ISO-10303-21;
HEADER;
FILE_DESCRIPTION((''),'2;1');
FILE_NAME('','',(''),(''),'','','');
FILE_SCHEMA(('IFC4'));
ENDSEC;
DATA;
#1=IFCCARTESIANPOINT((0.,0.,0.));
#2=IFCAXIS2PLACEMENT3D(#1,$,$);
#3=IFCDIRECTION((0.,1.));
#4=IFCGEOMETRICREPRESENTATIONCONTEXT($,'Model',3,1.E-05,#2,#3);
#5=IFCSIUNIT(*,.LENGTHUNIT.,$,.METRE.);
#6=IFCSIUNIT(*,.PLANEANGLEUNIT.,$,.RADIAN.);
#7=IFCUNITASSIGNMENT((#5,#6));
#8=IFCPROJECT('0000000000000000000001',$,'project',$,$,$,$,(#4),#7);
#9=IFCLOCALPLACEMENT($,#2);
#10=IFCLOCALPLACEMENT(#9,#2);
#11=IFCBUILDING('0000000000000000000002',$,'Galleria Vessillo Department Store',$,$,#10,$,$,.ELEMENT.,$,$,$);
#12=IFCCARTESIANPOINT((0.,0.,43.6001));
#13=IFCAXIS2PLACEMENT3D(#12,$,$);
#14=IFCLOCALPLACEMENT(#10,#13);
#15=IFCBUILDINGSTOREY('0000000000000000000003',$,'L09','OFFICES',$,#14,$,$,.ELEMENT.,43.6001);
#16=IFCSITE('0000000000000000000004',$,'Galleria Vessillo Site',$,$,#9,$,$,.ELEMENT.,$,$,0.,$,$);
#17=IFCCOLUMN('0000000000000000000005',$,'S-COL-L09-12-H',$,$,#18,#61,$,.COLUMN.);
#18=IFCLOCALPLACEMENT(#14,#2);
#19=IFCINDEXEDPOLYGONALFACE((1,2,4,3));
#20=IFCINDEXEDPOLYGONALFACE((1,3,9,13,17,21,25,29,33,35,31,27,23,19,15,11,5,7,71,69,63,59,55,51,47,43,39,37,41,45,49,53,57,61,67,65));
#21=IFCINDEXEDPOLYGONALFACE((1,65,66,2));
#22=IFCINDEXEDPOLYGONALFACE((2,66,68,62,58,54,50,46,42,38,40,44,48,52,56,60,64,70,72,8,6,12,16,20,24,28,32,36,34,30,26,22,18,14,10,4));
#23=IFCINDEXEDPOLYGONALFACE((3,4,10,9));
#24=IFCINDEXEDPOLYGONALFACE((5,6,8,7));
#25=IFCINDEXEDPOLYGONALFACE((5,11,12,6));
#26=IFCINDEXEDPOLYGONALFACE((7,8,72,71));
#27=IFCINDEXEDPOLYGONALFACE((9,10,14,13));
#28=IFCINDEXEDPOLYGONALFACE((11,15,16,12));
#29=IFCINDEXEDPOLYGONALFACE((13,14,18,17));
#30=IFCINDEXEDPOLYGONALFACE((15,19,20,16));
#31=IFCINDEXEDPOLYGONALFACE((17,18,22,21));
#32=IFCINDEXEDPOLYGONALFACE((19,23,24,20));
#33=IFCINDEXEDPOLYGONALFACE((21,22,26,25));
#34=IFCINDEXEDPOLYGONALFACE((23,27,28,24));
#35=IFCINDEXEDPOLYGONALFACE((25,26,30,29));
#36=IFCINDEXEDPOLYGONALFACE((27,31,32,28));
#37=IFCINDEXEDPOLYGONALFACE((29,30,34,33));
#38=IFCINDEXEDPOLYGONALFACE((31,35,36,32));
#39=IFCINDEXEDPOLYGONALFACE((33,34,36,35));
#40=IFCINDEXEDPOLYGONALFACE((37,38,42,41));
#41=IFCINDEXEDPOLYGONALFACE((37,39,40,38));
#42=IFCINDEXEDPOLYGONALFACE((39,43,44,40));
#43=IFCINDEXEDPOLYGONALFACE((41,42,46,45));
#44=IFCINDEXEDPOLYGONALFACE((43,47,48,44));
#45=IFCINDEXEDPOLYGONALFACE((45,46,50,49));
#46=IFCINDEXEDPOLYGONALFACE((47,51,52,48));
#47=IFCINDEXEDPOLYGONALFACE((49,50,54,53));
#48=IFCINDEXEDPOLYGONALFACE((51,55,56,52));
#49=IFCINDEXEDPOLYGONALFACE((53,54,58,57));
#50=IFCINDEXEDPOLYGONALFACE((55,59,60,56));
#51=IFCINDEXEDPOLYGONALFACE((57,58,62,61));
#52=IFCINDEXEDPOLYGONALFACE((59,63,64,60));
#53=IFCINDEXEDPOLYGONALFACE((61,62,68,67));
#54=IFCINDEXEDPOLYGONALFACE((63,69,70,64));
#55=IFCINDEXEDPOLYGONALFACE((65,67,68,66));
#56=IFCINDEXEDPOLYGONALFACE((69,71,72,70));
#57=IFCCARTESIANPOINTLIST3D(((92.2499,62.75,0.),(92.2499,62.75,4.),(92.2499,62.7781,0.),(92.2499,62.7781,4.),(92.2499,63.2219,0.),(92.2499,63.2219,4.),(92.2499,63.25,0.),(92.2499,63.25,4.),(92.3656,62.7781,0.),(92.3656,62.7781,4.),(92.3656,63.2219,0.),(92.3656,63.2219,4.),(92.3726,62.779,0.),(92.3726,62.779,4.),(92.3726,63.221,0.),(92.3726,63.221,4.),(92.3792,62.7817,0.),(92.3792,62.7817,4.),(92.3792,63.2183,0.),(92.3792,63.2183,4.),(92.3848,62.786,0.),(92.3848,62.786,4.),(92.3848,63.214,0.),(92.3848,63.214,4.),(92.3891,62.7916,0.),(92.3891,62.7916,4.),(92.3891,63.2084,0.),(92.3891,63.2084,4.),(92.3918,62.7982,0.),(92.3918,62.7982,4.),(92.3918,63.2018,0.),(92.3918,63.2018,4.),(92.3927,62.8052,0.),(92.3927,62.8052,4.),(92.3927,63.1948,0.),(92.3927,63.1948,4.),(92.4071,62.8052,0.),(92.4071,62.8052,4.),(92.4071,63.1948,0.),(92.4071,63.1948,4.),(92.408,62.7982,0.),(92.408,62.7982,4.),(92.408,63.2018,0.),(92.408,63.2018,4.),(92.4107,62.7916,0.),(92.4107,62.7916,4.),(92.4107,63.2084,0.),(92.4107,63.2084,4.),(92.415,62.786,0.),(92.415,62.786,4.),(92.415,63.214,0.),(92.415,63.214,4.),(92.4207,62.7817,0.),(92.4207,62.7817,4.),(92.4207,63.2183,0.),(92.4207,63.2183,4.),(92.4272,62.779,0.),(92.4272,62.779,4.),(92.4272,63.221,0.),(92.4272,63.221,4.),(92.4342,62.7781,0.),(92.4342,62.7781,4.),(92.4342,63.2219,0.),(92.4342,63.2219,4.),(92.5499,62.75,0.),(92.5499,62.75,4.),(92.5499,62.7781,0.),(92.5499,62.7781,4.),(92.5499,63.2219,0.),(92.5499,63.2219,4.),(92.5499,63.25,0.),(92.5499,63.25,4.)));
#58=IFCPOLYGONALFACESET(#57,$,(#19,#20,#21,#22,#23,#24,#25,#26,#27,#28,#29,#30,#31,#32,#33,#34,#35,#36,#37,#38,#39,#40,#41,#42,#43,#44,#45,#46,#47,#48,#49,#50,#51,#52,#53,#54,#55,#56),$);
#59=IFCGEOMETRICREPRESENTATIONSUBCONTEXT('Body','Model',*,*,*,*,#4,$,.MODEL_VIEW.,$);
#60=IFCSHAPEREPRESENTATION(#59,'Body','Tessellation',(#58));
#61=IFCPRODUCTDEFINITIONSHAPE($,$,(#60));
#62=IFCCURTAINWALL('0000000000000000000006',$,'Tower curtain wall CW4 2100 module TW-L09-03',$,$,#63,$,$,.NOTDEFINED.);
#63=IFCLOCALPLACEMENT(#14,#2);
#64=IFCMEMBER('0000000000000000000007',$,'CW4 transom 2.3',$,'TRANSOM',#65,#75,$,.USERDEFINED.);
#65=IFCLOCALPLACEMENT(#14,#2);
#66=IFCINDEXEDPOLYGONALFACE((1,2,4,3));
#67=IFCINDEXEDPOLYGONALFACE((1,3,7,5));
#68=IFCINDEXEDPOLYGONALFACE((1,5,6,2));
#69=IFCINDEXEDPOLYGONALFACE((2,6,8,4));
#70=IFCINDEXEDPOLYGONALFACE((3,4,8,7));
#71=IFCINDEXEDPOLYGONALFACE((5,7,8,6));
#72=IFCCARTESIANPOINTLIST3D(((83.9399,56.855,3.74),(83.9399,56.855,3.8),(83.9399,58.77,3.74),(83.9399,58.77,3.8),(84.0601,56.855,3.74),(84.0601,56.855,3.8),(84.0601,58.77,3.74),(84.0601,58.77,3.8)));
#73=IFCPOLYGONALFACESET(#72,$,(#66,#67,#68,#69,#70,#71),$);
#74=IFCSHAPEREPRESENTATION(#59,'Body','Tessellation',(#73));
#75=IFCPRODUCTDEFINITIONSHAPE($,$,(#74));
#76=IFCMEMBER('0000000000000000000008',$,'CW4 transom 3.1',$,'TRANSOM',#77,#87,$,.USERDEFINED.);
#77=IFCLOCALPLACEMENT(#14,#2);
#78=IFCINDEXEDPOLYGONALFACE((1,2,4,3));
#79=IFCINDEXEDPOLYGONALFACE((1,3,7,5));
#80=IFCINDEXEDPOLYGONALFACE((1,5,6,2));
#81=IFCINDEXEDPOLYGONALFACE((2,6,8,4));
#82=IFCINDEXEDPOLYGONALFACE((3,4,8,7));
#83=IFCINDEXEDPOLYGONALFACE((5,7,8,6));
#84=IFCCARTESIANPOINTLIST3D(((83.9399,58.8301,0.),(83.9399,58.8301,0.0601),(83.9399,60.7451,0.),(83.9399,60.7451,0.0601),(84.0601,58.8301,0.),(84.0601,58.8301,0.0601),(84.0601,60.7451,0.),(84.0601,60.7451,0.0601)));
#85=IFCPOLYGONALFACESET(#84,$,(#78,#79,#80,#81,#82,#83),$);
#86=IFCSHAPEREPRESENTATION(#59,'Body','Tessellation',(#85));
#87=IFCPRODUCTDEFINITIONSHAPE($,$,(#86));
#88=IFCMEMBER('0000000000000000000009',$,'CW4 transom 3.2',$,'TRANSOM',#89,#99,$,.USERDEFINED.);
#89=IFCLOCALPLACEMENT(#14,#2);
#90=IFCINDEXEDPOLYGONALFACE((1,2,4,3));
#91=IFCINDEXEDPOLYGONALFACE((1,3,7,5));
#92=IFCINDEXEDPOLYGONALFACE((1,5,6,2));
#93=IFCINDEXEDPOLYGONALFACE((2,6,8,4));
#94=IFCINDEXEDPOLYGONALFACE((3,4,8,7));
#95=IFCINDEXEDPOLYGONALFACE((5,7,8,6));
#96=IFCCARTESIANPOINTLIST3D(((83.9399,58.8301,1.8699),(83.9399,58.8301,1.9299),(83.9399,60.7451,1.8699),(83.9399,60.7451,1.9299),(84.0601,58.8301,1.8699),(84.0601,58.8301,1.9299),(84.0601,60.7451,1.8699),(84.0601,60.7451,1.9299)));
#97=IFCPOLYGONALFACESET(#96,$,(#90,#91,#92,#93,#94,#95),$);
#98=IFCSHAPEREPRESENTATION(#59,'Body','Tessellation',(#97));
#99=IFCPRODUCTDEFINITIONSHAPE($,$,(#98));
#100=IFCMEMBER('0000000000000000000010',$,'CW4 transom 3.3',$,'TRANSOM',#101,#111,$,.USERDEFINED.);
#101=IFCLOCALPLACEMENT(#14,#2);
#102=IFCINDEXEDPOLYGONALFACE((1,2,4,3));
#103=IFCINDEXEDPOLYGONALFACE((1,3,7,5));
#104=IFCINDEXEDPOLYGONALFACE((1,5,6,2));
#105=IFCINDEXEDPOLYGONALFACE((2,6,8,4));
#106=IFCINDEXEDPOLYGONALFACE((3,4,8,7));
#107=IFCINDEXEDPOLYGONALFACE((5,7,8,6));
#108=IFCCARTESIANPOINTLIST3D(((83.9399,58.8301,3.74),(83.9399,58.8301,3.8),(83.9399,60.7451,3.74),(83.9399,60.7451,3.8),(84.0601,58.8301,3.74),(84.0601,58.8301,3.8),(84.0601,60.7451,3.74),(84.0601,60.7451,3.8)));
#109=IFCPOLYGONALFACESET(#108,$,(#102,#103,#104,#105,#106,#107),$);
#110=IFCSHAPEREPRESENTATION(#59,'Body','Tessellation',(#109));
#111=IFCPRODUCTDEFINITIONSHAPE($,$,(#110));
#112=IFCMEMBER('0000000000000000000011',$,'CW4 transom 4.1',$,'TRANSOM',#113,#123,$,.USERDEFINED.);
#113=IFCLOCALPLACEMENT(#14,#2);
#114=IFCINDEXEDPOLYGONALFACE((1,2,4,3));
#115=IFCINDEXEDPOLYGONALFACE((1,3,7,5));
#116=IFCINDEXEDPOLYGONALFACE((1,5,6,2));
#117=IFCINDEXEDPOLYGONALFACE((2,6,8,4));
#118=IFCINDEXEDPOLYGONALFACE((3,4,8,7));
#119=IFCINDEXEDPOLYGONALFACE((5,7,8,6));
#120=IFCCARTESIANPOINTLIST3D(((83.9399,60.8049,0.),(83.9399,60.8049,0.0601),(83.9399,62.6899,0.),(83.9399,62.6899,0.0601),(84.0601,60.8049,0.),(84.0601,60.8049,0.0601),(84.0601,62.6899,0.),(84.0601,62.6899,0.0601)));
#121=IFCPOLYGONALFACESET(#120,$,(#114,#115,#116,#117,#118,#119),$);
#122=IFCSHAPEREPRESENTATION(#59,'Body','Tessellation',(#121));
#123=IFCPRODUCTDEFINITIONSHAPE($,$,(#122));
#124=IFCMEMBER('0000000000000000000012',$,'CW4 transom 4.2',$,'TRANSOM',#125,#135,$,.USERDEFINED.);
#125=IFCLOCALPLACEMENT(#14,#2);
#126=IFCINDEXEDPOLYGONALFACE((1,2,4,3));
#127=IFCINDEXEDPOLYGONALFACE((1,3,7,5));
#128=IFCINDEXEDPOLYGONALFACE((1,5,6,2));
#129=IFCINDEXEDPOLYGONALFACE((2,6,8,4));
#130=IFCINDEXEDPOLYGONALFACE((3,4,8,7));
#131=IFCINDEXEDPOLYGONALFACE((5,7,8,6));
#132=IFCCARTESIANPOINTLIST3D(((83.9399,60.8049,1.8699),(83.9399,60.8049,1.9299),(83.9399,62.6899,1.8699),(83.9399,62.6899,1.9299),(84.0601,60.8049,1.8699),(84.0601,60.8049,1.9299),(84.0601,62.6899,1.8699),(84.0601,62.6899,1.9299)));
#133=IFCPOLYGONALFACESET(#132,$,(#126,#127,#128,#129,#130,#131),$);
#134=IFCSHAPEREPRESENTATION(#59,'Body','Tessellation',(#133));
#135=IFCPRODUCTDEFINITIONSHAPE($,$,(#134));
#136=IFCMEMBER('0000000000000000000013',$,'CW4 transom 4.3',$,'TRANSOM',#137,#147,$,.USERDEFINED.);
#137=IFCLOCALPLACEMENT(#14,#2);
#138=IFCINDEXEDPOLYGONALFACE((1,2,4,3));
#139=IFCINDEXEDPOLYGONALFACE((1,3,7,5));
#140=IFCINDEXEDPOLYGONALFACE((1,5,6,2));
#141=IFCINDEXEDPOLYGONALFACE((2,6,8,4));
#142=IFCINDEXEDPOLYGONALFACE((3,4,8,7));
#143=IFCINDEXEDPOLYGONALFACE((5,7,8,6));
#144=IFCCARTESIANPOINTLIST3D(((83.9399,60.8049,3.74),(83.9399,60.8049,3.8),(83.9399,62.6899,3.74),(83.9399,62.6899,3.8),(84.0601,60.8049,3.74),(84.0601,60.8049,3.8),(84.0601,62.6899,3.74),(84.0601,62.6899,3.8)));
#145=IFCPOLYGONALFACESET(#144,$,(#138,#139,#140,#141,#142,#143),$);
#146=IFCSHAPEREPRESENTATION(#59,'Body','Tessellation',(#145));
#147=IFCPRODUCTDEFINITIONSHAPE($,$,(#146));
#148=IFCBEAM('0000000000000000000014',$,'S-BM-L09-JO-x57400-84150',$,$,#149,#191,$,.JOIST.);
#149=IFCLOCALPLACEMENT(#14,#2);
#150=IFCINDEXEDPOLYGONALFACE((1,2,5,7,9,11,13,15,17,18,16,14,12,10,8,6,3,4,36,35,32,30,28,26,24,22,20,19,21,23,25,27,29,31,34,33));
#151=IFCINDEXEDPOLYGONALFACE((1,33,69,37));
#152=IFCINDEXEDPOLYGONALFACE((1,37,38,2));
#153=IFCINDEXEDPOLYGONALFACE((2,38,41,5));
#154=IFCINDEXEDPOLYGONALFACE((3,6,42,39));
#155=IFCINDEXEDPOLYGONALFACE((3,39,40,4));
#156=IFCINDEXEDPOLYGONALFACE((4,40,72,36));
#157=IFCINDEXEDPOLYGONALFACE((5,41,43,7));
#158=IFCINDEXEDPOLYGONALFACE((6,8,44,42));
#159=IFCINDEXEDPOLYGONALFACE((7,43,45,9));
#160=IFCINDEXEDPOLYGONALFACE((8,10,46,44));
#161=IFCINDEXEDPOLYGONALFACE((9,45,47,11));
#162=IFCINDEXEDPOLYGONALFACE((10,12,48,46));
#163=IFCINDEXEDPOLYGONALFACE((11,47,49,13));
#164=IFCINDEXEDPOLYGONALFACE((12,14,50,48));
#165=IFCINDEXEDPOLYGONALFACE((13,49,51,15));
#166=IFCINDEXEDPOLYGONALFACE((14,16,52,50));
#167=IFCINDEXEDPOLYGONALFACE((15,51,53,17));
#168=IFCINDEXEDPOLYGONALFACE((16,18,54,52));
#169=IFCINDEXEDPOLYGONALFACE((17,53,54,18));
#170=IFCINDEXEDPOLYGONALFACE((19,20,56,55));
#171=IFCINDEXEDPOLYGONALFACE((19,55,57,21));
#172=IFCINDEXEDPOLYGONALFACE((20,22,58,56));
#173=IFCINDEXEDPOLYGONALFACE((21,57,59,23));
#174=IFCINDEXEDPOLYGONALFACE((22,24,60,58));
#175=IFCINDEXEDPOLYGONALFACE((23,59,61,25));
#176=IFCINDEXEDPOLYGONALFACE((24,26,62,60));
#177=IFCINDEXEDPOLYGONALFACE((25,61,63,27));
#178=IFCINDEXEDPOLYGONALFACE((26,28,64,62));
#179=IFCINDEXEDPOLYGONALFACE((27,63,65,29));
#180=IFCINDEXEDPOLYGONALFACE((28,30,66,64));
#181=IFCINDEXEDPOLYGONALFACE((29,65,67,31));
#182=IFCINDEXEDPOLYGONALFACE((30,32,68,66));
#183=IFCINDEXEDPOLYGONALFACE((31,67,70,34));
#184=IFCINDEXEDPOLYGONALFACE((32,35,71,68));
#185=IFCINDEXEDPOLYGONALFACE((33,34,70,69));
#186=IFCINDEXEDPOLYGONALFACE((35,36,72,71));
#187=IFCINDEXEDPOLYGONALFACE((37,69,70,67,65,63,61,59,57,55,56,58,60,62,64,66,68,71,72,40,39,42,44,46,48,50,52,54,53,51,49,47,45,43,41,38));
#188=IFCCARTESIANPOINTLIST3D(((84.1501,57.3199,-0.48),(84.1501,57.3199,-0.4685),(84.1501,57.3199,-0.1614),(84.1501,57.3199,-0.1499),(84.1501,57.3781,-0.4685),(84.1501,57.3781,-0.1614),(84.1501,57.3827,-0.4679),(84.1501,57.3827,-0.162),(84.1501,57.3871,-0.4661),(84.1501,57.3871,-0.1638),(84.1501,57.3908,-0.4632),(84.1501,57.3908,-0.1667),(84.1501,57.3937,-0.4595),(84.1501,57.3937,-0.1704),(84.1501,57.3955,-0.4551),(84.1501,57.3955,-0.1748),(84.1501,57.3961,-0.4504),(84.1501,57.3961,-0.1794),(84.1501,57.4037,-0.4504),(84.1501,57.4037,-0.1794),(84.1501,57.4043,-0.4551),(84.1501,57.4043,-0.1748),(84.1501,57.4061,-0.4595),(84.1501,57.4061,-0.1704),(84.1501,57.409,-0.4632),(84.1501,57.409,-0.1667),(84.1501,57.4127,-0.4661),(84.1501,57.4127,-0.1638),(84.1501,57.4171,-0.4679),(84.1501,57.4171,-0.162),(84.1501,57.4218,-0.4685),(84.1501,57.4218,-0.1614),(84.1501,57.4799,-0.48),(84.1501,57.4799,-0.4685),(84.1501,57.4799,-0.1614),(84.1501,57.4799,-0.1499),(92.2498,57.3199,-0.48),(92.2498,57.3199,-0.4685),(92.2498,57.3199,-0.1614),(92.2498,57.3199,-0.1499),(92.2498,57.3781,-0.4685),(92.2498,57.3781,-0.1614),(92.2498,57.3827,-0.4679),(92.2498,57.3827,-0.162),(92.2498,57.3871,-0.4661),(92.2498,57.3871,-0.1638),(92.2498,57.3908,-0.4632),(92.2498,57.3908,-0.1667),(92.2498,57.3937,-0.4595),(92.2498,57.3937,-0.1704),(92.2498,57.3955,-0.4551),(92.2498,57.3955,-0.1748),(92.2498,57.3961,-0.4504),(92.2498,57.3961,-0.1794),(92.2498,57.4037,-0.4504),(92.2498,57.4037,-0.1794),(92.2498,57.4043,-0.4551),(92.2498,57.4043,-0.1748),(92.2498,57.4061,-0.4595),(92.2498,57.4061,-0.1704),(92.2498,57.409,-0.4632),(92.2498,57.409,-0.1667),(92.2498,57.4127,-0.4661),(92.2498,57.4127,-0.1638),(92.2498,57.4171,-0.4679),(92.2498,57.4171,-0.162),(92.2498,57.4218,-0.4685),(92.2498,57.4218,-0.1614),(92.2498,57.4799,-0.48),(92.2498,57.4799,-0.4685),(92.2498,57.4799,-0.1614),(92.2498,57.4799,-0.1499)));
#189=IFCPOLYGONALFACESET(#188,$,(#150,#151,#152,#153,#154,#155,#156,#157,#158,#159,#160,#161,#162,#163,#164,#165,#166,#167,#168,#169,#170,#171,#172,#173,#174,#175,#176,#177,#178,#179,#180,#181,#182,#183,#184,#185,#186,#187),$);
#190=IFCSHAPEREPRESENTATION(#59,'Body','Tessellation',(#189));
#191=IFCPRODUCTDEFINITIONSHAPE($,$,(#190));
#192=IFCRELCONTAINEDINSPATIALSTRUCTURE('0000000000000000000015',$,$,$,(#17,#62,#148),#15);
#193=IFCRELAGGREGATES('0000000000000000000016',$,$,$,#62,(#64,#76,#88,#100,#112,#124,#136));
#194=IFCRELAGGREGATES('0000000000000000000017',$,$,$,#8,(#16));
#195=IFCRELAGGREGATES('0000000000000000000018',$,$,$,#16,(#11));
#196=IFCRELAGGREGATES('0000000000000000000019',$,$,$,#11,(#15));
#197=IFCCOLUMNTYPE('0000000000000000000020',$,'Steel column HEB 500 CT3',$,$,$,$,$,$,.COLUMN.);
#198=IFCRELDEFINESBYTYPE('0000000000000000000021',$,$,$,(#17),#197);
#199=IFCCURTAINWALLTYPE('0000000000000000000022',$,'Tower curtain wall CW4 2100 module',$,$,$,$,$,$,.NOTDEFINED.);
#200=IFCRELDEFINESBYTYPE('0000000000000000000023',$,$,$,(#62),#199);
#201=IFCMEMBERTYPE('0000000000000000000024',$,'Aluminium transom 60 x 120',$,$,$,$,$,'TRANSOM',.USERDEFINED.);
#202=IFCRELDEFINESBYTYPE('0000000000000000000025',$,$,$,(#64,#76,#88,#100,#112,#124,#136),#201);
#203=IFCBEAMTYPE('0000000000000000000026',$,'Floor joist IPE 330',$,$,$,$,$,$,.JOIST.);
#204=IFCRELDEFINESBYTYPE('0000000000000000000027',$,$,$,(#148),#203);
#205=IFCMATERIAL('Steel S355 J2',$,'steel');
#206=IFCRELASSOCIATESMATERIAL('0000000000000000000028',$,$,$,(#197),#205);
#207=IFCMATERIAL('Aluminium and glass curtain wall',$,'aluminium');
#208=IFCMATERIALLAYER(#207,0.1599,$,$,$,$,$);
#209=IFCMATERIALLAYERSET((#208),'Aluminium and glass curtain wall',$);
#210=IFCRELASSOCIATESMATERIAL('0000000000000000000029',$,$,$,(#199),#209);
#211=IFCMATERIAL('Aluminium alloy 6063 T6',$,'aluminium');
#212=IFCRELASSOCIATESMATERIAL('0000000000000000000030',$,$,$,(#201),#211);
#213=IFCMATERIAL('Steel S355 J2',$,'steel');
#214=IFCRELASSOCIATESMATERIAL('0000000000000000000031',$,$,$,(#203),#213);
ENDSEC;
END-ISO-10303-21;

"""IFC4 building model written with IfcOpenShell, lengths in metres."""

from ifc_helpers import new_model, si_unit, direction, frame, origin, origin_2d, place, context, subcontext, project, spatial, rectangle, i_section, extrude, material, layer, layer_set, material_profile, profile_set, type_object, element, aggregate, save


model = new_model("IFC4")

# Units and contexts
model_context = context("Model", 3, precision=1e-05, world=origin(), true_north=direction((0.0, 1.0)))
body_context = subcontext(model_context, "Body", "Model", "MODEL_VIEW")
ifc_project = project(units=[si_unit("LENGTHUNIT", "METRE"), si_unit("PLANEANGLEUNIT", "RADIAN")], contexts=[model_context])

# Site, building, storey
site_placement = place(None, origin())
site = spatial("IfcSite", under=ifc_project, at=site_placement, Name="Galleria Vessillo Site", CompositionType="ELEMENT", RefElevation=0.0)
building_placement = place(site_placement, origin())
building = spatial("IfcBuilding", under=site, at=building_placement, Name="Galleria Vessillo Department Store", CompositionType="ELEMENT")
storey_placement = place(building_placement, frame((0.0, 0.0, 43.6001)))
storey = spatial("IfcBuildingStorey", under=building, at=storey_placement, Name="L09", Description="OFFICES", CompositionType="ELEMENT", Elevation=43.6001)

# Column
ifc_material_1 = material(Name="Steel S355 J2", Category="steel")
ifc_material_profile_1 = material_profile(ifc_material_1, i_section(OverallWidth=0.3, OverallDepth=0.5, WebThickness=0.0144, FlangeThickness=0.0281, FilletRadius=0.0271, at=origin_2d()), Name="HEB 500")
ifc_profile_set_1 = profile_set([ifc_material_profile_1], Name="Steel S355 J2")
column_type = type_object("IfcColumnType", Name="Steel column HEB 500 CT3", PredefinedType="COLUMN", material=ifc_profile_set_1)
column_placement = place(storey_placement, frame((92.3999, 63.0, 0.0), z_axis=(0.0, 0.0, 1.0), x_axis=(1.0, 0.0, 0.0)))
element("IfcColumn", 1, at=column_placement, inside=storey, type_object=column_type, Name="S-COL-L09-12-H", PredefinedType="COLUMN", context=body_context, shape_type="SweptSolid", body=[
    extrude(i_section(OverallWidth=0.3, OverallDepth=0.5, WebThickness=0.0144, FlangeThickness=0.0281, FilletRadius=0.0271, at=origin_2d()), origin(), (0.0, 0.0, 1.0), 4.0),
])

# Curtain wall, members
ifc_material_2 = material(Name="Aluminium and glass curtain wall", Category="aluminium")
ifc_layer_1 = layer(ifc_material_2, 0.1599)
ifc_layer_set_1 = layer_set([ifc_layer_1], Name="Aluminium and glass curtain wall")
curtain_wall_type = type_object("IfcCurtainWallType", Name="Tower curtain wall CW4 2100 module", PredefinedType="NOTDEFINED", material=ifc_layer_set_1)
curtain_wall_placement = place(storey_placement, origin())
curtain_wall = element("IfcCurtainWall", 2, at=curtain_wall_placement, inside=storey, type_object=curtain_wall_type, Name="Tower curtain wall CW4 2100 module TW-L09-03", PredefinedType="NOTDEFINED")
ifc_material_3 = material(Name="Aluminium alloy 6063 T6", Category="aluminium")
ifc_material_profile_2 = material_profile(ifc_material_3, rectangle(XDim=0.1201, YDim=0.0601, at=origin_2d()), Name="AL 60x120")
ifc_profile_set_2 = profile_set([ifc_material_profile_2], Name="Aluminium alloy 6063 T6")
member_type = type_object("IfcMemberType", Name="Aluminium transom 60 x 120", ElementType="TRANSOM", PredefinedType="USERDEFINED", material=ifc_profile_set_2)
member_1_placement = place(storey_placement, frame((84.0, 56.855, 3.77), z_axis=(0.0, 1.0, 0.0), x_axis=(-1.0, 0.0, 0.0)))
member_1 = element("IfcMember", 3, at=member_1_placement, type_object=member_type, Name="CW4 transom 2.3", ObjectType="TRANSOM", PredefinedType="USERDEFINED", context=body_context, shape_type="SweptSolid", body=[
    extrude(rectangle(XDim=0.1201, YDim=0.0601, at=origin_2d()), origin(), (0.0, 0.0, 1.0), 1.915),
])
member_2_placement = place(storey_placement, frame((84.0, 58.8301, 0.03), z_axis=(0.0, 1.0, 0.0), x_axis=(-1.0, 0.0, 0.0)))
member_2 = element("IfcMember", 4, at=member_2_placement, type_object=member_type, Name="CW4 transom 3.1", ObjectType="TRANSOM", PredefinedType="USERDEFINED", context=body_context, shape_type="SweptSolid", body=[
    extrude(rectangle(XDim=0.1201, YDim=0.0601, at=origin_2d()), origin(), (0.0, 0.0, 1.0), 1.915),
])
member_3_placement = place(storey_placement, frame((84.0, 58.8301, 1.8999), z_axis=(0.0, 1.0, 0.0), x_axis=(-1.0, 0.0, 0.0)))
member_3 = element("IfcMember", 5, at=member_3_placement, type_object=member_type, Name="CW4 transom 3.2", ObjectType="TRANSOM", PredefinedType="USERDEFINED", context=body_context, shape_type="SweptSolid", body=[
    extrude(rectangle(XDim=0.1201, YDim=0.0601, at=origin_2d()), origin(), (0.0, 0.0, 1.0), 1.915),
])
member_4_placement = place(storey_placement, frame((84.0, 58.8301, 3.77), z_axis=(0.0, 1.0, 0.0), x_axis=(-1.0, 0.0, 0.0)))
member_4 = element("IfcMember", 6, at=member_4_placement, type_object=member_type, Name="CW4 transom 3.3", ObjectType="TRANSOM", PredefinedType="USERDEFINED", context=body_context, shape_type="SweptSolid", body=[
    extrude(rectangle(XDim=0.1201, YDim=0.0601, at=origin_2d()), origin(), (0.0, 0.0, 1.0), 1.915),
])
member_5_placement = place(storey_placement, frame((84.0, 60.8049, 0.03), z_axis=(0.0, 1.0, 0.0), x_axis=(-1.0, 0.0, 0.0)))
member_5 = element("IfcMember", 7, at=member_5_placement, type_object=member_type, Name="CW4 transom 4.1", ObjectType="TRANSOM", PredefinedType="USERDEFINED", context=body_context, shape_type="SweptSolid", body=[
    extrude(rectangle(XDim=0.1201, YDim=0.0601, at=origin_2d()), origin(), (0.0, 0.0, 1.0), 1.885),
])
member_6_placement = place(storey_placement, frame((84.0, 60.8049, 1.8999), z_axis=(0.0, 1.0, 0.0), x_axis=(-1.0, 0.0, 0.0)))
member_6 = element("IfcMember", 8, at=member_6_placement, type_object=member_type, Name="CW4 transom 4.2", ObjectType="TRANSOM", PredefinedType="USERDEFINED", context=body_context, shape_type="SweptSolid", body=[
    extrude(rectangle(XDim=0.1201, YDim=0.0601, at=origin_2d()), origin(), (0.0, 0.0, 1.0), 1.885),
])
member_7_placement = place(storey_placement, frame((84.0, 60.8049, 3.77), z_axis=(0.0, 1.0, 0.0), x_axis=(-1.0, 0.0, 0.0)))
member_7 = element("IfcMember", 9, at=member_7_placement, type_object=member_type, Name="CW4 transom 4.3", ObjectType="TRANSOM", PredefinedType="USERDEFINED", context=body_context, shape_type="SweptSolid", body=[
    extrude(rectangle(XDim=0.1201, YDim=0.0601, at=origin_2d()), origin(), (0.0, 0.0, 1.0), 1.885),
])

# Beam
ifc_material_4 = material(Name="Steel S355 J2", Category="steel")
ifc_material_profile_3 = material_profile(ifc_material_4, i_section(OverallWidth=0.1599, OverallDepth=0.3301, WebThickness=0.0076, FlangeThickness=0.0115, FilletRadius=0.0181, at=origin_2d()), Name="IPE 330")
ifc_profile_set_3 = profile_set([ifc_material_profile_3], Name="Steel S355 J2")
beam_type = type_object("IfcBeamType", Name="Floor joist IPE 330", PredefinedType="JOIST", material=ifc_profile_set_3)
for number, where, z_axis, x_axis, name in (
    (10, (84.1501, 57.3999, -0.3149), (1.0, 0.0, 0.0), (0.0, 1.0, 0.0), "S-BM-L09-JO-x57400-84150"),
):
    element("IfcBeam", number, at=place(storey_placement, frame(where, z_axis=z_axis, x_axis=x_axis)), inside=storey, type_object=beam_type, Name=name, PredefinedType="JOIST", context=body_context, shape_type="SweptSolid", body=[
        extrude(i_section(OverallWidth=0.1599, OverallDepth=0.3301, WebThickness=0.0076, FlangeThickness=0.0115, FilletRadius=0.0181, at=origin_2d()), origin(), (0.0, 0.0, 1.0), 8.0996),
    ])

aggregate(curtain_wall, [member_1, member_2, member_3, member_4, member_5, member_6, member_7])

save(model, "model.ifc")
